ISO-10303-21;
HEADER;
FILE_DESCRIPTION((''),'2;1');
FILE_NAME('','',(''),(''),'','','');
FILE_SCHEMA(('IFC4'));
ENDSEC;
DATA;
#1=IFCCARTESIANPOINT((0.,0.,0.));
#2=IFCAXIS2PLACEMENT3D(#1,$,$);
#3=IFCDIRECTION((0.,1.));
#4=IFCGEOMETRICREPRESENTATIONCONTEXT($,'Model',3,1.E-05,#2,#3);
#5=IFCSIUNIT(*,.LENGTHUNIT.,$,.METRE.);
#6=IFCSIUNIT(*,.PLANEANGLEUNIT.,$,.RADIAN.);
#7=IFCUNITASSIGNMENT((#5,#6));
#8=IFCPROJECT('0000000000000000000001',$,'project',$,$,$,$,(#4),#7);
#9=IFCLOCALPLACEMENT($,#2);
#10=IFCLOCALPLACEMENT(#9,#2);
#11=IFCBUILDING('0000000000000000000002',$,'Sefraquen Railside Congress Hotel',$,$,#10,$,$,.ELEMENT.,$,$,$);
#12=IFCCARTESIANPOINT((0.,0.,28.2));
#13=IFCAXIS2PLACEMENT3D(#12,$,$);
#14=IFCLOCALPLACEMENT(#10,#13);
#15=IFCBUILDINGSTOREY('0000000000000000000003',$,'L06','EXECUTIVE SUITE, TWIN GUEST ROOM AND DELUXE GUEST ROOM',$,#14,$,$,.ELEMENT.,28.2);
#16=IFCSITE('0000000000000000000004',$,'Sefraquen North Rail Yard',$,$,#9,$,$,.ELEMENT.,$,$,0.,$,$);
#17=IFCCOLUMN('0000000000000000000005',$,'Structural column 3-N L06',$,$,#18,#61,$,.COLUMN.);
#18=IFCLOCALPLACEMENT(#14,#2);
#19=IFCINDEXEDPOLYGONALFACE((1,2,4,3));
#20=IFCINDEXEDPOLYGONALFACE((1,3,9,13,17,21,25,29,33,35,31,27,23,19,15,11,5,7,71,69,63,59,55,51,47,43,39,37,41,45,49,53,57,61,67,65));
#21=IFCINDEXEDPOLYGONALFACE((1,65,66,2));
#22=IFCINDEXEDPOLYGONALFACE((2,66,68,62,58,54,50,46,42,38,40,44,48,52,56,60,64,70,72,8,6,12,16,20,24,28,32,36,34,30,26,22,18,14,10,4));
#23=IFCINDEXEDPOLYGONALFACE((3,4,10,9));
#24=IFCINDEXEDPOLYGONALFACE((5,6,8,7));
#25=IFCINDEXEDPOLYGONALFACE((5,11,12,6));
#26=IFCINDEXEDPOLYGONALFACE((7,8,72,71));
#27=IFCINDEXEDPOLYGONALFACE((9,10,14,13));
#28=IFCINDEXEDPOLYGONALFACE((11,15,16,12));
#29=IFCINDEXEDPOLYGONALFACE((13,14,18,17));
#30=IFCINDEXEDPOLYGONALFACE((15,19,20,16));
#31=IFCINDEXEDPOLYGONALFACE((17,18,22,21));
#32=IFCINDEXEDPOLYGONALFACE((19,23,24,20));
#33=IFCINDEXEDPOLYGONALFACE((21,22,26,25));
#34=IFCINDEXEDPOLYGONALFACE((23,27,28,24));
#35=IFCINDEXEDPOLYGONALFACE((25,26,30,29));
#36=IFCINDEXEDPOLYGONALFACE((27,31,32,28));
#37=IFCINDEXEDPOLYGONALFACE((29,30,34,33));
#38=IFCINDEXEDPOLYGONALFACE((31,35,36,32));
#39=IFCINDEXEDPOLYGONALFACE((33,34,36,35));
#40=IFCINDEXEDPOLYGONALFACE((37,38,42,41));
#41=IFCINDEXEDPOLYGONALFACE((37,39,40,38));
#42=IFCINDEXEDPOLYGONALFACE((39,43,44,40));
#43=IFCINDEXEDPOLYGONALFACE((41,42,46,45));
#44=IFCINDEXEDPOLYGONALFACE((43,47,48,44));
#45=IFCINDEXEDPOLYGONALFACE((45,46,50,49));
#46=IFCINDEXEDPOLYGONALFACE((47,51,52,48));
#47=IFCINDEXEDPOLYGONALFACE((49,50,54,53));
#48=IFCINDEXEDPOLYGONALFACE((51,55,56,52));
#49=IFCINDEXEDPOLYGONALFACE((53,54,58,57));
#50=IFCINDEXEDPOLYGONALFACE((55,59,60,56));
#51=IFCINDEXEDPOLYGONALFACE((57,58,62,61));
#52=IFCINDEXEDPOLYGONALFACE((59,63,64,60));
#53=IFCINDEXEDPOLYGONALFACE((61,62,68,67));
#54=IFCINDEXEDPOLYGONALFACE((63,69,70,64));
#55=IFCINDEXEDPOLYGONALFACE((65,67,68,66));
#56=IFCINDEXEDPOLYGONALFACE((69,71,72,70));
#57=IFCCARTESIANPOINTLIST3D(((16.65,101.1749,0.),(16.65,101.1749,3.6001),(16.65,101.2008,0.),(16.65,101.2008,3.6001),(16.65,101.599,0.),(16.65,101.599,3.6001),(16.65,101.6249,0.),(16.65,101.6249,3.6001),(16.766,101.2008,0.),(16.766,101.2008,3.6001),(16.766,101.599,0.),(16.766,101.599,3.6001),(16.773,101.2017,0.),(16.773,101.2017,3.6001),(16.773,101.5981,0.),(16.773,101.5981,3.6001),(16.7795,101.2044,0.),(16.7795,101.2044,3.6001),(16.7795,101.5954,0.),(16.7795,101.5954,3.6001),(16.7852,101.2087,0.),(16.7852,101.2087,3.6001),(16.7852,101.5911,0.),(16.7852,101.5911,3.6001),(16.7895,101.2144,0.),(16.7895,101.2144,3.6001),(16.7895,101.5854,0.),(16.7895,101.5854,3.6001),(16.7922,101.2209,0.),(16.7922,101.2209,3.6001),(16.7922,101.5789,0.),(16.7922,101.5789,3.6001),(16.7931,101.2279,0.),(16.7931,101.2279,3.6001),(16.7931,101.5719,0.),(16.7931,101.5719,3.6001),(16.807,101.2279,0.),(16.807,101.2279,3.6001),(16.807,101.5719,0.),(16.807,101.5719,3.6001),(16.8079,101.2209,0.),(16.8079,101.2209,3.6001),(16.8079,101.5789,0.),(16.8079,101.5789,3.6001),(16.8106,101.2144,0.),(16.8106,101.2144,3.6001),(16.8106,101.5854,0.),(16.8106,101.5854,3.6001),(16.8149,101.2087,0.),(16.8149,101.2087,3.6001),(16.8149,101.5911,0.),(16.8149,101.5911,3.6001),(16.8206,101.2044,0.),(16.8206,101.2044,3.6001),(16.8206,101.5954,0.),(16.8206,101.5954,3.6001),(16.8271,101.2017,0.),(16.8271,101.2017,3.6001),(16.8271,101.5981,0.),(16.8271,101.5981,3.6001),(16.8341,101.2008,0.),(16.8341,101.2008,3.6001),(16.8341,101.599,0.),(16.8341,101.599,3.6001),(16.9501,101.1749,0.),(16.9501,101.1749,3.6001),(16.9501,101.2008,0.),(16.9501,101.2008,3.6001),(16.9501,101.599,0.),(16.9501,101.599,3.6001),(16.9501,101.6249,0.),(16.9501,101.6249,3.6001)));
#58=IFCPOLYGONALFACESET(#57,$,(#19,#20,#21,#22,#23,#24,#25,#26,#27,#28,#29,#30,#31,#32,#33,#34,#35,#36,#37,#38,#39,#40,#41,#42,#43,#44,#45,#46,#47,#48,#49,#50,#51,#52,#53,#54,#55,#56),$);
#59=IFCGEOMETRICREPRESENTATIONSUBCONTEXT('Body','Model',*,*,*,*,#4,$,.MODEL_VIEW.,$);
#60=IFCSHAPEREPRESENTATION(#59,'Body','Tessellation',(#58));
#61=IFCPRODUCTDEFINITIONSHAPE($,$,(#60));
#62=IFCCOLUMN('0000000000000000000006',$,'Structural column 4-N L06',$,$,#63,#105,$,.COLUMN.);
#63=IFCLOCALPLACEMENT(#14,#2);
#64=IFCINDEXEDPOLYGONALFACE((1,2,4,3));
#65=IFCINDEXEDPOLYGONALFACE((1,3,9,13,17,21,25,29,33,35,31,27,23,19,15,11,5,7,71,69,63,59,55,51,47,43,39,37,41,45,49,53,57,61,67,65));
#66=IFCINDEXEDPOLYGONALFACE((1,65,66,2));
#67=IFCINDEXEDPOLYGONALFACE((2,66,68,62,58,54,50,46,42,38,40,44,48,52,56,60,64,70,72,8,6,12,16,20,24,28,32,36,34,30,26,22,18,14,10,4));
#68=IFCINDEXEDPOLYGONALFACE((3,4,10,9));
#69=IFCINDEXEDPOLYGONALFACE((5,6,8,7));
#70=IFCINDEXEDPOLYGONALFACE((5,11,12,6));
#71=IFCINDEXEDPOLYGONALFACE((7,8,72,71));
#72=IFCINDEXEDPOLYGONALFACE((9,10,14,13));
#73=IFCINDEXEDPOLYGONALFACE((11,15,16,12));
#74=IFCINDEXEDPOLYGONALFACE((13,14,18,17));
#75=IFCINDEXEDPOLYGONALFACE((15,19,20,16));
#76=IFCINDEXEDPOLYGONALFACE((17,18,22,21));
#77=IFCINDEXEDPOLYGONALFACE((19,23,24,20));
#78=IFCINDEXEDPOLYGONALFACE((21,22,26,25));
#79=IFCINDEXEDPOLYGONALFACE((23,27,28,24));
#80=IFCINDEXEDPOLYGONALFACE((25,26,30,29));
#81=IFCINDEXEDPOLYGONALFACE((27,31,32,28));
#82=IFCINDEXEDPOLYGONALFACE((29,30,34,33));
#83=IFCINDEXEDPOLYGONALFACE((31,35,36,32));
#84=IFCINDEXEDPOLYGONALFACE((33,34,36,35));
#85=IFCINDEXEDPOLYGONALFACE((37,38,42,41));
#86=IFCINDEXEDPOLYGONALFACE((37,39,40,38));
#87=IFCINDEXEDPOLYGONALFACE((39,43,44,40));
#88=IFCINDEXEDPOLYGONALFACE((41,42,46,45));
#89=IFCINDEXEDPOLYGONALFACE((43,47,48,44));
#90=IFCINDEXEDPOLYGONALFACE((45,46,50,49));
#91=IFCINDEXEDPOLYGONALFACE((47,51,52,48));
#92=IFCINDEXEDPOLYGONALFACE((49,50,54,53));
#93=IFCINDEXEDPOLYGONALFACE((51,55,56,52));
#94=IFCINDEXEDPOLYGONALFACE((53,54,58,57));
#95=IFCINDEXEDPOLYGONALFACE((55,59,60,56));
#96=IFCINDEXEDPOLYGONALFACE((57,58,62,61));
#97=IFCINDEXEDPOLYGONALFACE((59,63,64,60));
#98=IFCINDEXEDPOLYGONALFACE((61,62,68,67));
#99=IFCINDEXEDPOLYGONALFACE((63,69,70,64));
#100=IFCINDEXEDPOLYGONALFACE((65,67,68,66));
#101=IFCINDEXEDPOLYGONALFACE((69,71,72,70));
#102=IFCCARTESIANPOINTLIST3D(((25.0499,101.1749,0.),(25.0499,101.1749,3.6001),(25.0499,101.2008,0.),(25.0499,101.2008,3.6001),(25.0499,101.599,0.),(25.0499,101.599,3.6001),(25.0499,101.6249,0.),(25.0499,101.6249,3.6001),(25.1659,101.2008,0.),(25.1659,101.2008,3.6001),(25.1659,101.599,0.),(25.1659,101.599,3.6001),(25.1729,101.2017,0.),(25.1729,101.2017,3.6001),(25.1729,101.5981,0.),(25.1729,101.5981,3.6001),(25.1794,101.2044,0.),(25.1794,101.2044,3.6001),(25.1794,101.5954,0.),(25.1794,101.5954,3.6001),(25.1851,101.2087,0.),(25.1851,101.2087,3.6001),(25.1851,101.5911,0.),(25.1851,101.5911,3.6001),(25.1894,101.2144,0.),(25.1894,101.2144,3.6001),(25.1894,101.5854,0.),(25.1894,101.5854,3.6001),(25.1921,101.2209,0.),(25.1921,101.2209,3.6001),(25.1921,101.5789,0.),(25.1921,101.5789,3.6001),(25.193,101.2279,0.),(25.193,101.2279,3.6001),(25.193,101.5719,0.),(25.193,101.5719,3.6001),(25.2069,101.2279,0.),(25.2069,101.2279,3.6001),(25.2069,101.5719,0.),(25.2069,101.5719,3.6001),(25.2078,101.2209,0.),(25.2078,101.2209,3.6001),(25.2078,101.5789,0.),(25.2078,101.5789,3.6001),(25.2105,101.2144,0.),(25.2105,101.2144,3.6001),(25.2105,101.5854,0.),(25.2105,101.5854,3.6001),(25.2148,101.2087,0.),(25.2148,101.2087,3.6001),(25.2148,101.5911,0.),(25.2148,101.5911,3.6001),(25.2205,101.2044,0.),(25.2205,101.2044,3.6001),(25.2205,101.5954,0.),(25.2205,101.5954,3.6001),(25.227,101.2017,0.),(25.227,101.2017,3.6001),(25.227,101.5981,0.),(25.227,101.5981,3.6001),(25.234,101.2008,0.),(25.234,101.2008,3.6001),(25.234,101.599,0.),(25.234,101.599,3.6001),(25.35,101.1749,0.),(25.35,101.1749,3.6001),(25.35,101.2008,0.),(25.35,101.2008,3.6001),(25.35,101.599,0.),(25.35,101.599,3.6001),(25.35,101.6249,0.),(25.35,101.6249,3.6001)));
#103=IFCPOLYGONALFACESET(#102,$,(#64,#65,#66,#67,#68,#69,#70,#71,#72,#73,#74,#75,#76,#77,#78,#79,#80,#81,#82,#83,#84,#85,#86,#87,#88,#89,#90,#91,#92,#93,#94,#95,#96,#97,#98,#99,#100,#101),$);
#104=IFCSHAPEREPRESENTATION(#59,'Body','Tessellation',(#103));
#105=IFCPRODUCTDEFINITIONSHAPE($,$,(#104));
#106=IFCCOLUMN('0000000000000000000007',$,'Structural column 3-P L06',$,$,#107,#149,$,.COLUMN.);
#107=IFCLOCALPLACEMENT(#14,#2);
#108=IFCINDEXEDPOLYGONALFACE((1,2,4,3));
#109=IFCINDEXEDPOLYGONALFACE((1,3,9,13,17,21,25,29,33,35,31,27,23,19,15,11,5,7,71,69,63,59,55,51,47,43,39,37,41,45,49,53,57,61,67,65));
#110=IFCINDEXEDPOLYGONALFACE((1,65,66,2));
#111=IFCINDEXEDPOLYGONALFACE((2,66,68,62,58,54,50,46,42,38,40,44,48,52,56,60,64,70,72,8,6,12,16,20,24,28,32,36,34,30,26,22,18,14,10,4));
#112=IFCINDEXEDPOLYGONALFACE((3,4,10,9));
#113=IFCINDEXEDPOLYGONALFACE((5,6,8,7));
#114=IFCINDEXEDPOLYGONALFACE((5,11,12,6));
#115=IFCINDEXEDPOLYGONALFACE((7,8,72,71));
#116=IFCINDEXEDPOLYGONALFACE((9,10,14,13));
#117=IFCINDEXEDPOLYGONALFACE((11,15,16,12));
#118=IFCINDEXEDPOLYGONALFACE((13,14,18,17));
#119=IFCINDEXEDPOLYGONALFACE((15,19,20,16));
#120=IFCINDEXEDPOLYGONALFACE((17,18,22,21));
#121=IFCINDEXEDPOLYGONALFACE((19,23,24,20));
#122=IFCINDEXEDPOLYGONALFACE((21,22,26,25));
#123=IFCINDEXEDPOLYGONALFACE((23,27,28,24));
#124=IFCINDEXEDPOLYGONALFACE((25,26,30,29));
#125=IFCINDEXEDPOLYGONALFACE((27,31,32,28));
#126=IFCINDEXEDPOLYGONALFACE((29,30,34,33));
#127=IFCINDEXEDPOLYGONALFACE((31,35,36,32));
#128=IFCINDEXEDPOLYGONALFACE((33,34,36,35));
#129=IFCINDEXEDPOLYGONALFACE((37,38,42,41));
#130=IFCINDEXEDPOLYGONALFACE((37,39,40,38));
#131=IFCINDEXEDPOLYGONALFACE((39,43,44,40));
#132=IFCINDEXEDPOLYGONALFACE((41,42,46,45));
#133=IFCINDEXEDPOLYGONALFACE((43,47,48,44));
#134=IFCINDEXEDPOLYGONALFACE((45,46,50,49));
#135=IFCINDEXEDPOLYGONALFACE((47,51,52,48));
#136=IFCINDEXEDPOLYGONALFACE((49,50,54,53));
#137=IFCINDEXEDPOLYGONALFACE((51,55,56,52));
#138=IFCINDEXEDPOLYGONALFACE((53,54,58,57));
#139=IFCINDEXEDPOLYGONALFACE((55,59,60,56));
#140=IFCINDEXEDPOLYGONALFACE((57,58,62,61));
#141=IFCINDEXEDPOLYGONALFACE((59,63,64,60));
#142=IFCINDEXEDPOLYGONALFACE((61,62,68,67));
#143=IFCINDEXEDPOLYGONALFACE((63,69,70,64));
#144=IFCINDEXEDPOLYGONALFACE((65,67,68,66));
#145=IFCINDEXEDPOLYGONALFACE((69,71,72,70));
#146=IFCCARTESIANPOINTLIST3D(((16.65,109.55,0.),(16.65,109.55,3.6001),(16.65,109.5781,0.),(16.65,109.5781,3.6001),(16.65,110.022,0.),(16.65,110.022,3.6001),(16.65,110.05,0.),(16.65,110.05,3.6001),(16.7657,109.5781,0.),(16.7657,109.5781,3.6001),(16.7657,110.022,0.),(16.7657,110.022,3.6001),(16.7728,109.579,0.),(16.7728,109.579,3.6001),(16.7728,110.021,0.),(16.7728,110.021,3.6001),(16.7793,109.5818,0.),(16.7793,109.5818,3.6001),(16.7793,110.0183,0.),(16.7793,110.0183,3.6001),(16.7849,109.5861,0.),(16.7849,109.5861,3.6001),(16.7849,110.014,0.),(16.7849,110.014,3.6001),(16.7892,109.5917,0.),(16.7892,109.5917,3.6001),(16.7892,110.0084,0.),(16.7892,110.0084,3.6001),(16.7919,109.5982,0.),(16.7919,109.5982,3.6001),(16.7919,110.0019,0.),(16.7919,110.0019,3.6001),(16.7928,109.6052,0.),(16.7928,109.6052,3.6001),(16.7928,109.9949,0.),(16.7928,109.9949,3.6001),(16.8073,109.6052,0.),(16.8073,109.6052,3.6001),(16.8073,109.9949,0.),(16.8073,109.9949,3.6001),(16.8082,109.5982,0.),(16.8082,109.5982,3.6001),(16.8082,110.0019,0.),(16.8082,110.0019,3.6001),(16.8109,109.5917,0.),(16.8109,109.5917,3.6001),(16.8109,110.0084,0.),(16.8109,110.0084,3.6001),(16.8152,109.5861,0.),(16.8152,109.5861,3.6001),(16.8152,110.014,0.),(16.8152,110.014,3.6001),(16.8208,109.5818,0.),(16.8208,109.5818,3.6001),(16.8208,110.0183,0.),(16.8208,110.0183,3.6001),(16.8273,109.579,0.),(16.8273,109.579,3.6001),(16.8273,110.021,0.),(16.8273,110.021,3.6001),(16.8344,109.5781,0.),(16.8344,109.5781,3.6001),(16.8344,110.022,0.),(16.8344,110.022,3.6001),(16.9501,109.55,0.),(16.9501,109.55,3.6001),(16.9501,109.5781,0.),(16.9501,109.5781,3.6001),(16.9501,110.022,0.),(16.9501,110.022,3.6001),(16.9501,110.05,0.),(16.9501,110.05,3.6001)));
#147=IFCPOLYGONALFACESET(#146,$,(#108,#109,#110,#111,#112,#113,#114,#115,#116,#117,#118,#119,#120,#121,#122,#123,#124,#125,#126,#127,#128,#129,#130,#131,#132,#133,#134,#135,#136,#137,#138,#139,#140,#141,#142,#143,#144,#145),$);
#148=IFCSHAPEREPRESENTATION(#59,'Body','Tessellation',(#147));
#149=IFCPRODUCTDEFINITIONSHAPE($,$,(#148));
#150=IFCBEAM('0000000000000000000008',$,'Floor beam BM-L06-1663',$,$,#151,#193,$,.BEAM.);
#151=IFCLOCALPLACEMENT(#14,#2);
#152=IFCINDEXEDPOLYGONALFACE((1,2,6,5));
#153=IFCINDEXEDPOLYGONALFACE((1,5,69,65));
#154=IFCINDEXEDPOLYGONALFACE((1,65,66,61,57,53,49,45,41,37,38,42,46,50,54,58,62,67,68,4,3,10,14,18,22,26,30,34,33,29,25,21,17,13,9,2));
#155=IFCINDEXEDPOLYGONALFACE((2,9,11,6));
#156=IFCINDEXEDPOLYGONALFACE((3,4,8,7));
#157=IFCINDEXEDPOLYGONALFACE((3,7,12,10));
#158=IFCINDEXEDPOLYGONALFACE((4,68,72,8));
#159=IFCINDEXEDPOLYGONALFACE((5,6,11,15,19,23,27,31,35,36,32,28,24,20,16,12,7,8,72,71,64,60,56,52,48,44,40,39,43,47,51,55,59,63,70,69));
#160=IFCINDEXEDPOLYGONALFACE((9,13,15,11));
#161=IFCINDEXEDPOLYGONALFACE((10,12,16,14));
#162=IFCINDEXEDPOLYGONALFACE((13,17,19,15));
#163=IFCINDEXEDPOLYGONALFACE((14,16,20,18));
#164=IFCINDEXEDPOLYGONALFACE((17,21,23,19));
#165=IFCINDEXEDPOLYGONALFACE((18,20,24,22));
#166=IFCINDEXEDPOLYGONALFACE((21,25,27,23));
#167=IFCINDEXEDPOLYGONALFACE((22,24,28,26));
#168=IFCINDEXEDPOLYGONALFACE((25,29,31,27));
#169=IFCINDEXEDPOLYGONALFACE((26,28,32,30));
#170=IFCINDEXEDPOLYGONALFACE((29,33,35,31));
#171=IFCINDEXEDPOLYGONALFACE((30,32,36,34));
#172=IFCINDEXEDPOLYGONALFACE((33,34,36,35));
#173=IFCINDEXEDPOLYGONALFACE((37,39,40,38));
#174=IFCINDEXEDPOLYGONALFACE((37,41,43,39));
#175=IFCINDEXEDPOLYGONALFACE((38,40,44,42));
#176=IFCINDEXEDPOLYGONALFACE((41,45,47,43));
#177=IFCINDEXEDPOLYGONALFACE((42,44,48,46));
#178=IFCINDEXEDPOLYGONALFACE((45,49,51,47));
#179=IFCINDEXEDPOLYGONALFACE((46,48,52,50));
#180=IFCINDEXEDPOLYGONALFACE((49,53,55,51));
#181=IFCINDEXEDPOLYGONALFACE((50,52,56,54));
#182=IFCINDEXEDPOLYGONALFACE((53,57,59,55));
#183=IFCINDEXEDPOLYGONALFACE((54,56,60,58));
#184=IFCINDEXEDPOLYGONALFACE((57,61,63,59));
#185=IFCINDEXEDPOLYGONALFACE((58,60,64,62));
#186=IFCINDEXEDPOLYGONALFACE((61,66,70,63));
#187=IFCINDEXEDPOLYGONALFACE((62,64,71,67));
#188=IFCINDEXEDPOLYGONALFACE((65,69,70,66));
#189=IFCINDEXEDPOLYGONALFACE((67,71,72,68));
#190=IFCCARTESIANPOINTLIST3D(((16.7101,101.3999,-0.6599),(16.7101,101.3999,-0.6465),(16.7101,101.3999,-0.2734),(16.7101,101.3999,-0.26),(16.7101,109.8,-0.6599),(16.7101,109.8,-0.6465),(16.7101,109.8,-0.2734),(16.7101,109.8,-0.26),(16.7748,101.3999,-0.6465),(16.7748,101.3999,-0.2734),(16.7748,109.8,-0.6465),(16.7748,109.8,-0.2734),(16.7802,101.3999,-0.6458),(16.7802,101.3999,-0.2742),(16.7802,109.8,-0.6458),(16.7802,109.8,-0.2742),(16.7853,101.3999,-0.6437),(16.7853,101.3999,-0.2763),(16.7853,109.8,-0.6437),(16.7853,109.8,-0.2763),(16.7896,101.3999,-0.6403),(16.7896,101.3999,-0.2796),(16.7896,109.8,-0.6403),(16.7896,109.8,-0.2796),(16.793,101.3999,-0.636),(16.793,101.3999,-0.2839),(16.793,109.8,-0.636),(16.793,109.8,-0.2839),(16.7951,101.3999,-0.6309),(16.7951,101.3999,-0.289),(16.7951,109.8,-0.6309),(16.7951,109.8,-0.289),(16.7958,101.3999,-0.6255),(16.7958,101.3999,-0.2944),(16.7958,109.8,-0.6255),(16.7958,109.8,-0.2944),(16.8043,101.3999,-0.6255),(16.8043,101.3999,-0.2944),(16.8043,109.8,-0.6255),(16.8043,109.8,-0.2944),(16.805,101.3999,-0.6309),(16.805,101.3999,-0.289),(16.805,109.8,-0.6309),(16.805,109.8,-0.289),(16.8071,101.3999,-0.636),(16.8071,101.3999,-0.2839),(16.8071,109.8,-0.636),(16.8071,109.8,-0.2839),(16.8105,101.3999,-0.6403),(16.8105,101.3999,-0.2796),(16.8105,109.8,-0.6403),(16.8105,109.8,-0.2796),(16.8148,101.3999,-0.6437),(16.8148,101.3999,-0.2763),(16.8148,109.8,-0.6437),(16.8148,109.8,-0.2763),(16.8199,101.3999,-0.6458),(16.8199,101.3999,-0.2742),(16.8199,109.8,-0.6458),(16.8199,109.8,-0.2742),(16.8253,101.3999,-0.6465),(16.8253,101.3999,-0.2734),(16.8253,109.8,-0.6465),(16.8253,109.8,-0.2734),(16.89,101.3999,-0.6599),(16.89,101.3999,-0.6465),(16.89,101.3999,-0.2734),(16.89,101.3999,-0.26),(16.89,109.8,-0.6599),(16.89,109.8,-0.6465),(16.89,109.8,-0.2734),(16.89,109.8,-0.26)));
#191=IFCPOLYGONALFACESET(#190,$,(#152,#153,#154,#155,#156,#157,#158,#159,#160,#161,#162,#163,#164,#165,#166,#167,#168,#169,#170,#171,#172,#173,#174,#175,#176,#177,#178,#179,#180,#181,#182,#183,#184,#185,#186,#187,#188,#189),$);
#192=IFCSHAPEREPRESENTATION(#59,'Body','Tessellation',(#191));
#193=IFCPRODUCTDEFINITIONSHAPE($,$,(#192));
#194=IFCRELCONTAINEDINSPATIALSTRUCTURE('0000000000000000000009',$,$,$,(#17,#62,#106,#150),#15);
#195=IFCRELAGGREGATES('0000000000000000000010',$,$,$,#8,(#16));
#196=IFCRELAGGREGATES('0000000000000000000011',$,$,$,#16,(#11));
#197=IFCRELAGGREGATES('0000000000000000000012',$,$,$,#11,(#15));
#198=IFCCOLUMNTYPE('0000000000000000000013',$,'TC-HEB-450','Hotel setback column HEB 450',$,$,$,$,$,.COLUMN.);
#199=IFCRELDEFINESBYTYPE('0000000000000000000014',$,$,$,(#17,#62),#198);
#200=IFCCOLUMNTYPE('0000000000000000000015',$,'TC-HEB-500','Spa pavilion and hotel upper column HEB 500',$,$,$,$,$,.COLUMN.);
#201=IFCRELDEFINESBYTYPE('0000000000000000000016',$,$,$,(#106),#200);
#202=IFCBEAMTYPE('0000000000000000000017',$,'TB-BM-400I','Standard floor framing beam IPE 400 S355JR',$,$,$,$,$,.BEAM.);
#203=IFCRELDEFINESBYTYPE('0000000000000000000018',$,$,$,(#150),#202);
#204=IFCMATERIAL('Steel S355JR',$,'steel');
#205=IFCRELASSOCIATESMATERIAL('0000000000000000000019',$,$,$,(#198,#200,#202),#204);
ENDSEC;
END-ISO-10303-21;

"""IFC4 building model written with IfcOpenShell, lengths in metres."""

from ifc_helpers import new_model, si_unit, direction, frame, origin, origin_2d, place, context, subcontext, project, spatial, i_section, extrude, material, material_profile, profile_set, type_object, element, save


model = new_model("IFC4")

# Units and contexts
model_context = context("Model", 3, precision=1e-05, world=origin(), true_north=direction((0.0, 1.0)))
body_context = subcontext(model_context, "Body", "Model", "MODEL_VIEW")
ifc_project = project(units=[si_unit("LENGTHUNIT", "METRE"), si_unit("PLANEANGLEUNIT", "RADIAN")], contexts=[model_context])

# Site, building, storey
site_placement = place(None, origin())
site = spatial("IfcSite", under=ifc_project, at=site_placement, Name="Sefraquen North Rail Yard", CompositionType="ELEMENT", RefElevation=0.0)
building_placement = place(site_placement, origin())
building = spatial("IfcBuilding", under=site, at=building_placement, Name="Sefraquen Railside Congress Hotel", CompositionType="ELEMENT")
storey_placement = place(building_placement, frame((0.0, 0.0, 28.2)))
storey = spatial("IfcBuildingStorey", under=building, at=storey_placement, Name="L06", Description="EXECUTIVE SUITE, TWIN GUEST ROOM AND DELUXE GUEST ROOM", CompositionType="ELEMENT", Elevation=28.2)

# Columns
ifc_material_1 = material(Name="Steel S355JR", Category="steel")
ifc_material_profile_1 = material_profile(ifc_material_1, i_section(OverallWidth=0.3, OverallDepth=0.45, WebThickness=0.0139, FlangeThickness=0.0259, FilletRadius=0.0271, at=origin_2d()), Name="HEB 450")
ifc_profile_set_1 = profile_set([ifc_material_profile_1], Name="Steel S355JR")
column_type_1 = type_object("IfcColumnType", Name="TC-HEB-450", Description="Hotel setback column HEB 450", PredefinedType="COLUMN", material=ifc_profile_set_1)
for number, where, z_axis, x_axis, name in (
    (1, (16.8, 101.3999, 0.0), (0.0, 0.0, 1.0), (1.0, 0.0, 0.0), "Structural column 3-N L06"),
    (2, (25.2, 101.3999, 0.0), (0.0, 0.0, 1.0), (1.0, 0.0, 0.0), "Structural column 4-N L06"),
):
    element("IfcColumn", number, at=place(storey_placement, frame(where, z_axis=z_axis, x_axis=x_axis)), inside=storey, type_object=column_type_1, Name=name, PredefinedType="COLUMN", context=body_context, shape_type="SweptSolid", body=[
        extrude(i_section(OverallWidth=0.3, OverallDepth=0.45, WebThickness=0.0139, FlangeThickness=0.0259, FilletRadius=0.0271, at=origin_2d()), origin(), (0.0, 0.0, 1.0), 3.6001),
    ])
ifc_material_profile_2 = material_profile(ifc_material_1, i_section(OverallWidth=0.3, OverallDepth=0.5, WebThickness=0.0144, FlangeThickness=0.0281, FilletRadius=0.0271, at=origin_2d()), Name="HEB 500")
ifc_profile_set_2 = profile_set([ifc_material_profile_2], Name="Steel S355JR")
column_type_2 = type_object("IfcColumnType", Name="TC-HEB-500", Description="Spa pavilion and hotel upper column HEB 500", PredefinedType="COLUMN", material=ifc_profile_set_2)
column_placement = place(storey_placement, frame((16.8, 109.8, 0.0), z_axis=(0.0, 0.0, 1.0), x_axis=(1.0, 0.0, 0.0)))
element("IfcColumn", 3, at=column_placement, inside=storey, type_object=column_type_2, Name="Structural column 3-P L06", PredefinedType="COLUMN", context=body_context, shape_type="SweptSolid", body=[
    extrude(i_section(OverallWidth=0.3, OverallDepth=0.5, WebThickness=0.0144, FlangeThickness=0.0281, FilletRadius=0.0271, at=origin_2d()), origin(), (0.0, 0.0, 1.0), 3.6001),
])

# Beam
ifc_material_profile_3 = material_profile(ifc_material_1, i_section(OverallWidth=0.1799, OverallDepth=0.3999, WebThickness=0.0085, FlangeThickness=0.0134, FilletRadius=0.021, at=origin_2d()), Name="IPE 400")
ifc_profile_set_3 = profile_set([ifc_material_profile_3], Name="Steel S355JR")
beam_type_1 = type_object("IfcBeamType", Name="TB-BM-400I", Description="Standard floor framing beam IPE 400 S355JR", PredefinedType="BEAM", material=ifc_profile_set_3)
beam_placement = place(storey_placement, frame((16.8, 101.3999, -0.46), z_axis=(0.0, 1.0, 0.0), x_axis=(-1.0, 0.0, 0.0)))
element("IfcBeam", 4, at=beam_placement, inside=storey, type_object=beam_type_1, Name="Floor beam BM-L06-1663", PredefinedType="BEAM", context=body_context, shape_type="SweptSolid", body=[
    extrude(i_section(OverallWidth=0.1799, OverallDepth=0.3999, WebThickness=0.0085, FlangeThickness=0.0134, FilletRadius=0.021, at=origin_2d()), origin(), (0.0, 0.0, 1.0), 8.4001),
])

save(model, "model.ifc")
